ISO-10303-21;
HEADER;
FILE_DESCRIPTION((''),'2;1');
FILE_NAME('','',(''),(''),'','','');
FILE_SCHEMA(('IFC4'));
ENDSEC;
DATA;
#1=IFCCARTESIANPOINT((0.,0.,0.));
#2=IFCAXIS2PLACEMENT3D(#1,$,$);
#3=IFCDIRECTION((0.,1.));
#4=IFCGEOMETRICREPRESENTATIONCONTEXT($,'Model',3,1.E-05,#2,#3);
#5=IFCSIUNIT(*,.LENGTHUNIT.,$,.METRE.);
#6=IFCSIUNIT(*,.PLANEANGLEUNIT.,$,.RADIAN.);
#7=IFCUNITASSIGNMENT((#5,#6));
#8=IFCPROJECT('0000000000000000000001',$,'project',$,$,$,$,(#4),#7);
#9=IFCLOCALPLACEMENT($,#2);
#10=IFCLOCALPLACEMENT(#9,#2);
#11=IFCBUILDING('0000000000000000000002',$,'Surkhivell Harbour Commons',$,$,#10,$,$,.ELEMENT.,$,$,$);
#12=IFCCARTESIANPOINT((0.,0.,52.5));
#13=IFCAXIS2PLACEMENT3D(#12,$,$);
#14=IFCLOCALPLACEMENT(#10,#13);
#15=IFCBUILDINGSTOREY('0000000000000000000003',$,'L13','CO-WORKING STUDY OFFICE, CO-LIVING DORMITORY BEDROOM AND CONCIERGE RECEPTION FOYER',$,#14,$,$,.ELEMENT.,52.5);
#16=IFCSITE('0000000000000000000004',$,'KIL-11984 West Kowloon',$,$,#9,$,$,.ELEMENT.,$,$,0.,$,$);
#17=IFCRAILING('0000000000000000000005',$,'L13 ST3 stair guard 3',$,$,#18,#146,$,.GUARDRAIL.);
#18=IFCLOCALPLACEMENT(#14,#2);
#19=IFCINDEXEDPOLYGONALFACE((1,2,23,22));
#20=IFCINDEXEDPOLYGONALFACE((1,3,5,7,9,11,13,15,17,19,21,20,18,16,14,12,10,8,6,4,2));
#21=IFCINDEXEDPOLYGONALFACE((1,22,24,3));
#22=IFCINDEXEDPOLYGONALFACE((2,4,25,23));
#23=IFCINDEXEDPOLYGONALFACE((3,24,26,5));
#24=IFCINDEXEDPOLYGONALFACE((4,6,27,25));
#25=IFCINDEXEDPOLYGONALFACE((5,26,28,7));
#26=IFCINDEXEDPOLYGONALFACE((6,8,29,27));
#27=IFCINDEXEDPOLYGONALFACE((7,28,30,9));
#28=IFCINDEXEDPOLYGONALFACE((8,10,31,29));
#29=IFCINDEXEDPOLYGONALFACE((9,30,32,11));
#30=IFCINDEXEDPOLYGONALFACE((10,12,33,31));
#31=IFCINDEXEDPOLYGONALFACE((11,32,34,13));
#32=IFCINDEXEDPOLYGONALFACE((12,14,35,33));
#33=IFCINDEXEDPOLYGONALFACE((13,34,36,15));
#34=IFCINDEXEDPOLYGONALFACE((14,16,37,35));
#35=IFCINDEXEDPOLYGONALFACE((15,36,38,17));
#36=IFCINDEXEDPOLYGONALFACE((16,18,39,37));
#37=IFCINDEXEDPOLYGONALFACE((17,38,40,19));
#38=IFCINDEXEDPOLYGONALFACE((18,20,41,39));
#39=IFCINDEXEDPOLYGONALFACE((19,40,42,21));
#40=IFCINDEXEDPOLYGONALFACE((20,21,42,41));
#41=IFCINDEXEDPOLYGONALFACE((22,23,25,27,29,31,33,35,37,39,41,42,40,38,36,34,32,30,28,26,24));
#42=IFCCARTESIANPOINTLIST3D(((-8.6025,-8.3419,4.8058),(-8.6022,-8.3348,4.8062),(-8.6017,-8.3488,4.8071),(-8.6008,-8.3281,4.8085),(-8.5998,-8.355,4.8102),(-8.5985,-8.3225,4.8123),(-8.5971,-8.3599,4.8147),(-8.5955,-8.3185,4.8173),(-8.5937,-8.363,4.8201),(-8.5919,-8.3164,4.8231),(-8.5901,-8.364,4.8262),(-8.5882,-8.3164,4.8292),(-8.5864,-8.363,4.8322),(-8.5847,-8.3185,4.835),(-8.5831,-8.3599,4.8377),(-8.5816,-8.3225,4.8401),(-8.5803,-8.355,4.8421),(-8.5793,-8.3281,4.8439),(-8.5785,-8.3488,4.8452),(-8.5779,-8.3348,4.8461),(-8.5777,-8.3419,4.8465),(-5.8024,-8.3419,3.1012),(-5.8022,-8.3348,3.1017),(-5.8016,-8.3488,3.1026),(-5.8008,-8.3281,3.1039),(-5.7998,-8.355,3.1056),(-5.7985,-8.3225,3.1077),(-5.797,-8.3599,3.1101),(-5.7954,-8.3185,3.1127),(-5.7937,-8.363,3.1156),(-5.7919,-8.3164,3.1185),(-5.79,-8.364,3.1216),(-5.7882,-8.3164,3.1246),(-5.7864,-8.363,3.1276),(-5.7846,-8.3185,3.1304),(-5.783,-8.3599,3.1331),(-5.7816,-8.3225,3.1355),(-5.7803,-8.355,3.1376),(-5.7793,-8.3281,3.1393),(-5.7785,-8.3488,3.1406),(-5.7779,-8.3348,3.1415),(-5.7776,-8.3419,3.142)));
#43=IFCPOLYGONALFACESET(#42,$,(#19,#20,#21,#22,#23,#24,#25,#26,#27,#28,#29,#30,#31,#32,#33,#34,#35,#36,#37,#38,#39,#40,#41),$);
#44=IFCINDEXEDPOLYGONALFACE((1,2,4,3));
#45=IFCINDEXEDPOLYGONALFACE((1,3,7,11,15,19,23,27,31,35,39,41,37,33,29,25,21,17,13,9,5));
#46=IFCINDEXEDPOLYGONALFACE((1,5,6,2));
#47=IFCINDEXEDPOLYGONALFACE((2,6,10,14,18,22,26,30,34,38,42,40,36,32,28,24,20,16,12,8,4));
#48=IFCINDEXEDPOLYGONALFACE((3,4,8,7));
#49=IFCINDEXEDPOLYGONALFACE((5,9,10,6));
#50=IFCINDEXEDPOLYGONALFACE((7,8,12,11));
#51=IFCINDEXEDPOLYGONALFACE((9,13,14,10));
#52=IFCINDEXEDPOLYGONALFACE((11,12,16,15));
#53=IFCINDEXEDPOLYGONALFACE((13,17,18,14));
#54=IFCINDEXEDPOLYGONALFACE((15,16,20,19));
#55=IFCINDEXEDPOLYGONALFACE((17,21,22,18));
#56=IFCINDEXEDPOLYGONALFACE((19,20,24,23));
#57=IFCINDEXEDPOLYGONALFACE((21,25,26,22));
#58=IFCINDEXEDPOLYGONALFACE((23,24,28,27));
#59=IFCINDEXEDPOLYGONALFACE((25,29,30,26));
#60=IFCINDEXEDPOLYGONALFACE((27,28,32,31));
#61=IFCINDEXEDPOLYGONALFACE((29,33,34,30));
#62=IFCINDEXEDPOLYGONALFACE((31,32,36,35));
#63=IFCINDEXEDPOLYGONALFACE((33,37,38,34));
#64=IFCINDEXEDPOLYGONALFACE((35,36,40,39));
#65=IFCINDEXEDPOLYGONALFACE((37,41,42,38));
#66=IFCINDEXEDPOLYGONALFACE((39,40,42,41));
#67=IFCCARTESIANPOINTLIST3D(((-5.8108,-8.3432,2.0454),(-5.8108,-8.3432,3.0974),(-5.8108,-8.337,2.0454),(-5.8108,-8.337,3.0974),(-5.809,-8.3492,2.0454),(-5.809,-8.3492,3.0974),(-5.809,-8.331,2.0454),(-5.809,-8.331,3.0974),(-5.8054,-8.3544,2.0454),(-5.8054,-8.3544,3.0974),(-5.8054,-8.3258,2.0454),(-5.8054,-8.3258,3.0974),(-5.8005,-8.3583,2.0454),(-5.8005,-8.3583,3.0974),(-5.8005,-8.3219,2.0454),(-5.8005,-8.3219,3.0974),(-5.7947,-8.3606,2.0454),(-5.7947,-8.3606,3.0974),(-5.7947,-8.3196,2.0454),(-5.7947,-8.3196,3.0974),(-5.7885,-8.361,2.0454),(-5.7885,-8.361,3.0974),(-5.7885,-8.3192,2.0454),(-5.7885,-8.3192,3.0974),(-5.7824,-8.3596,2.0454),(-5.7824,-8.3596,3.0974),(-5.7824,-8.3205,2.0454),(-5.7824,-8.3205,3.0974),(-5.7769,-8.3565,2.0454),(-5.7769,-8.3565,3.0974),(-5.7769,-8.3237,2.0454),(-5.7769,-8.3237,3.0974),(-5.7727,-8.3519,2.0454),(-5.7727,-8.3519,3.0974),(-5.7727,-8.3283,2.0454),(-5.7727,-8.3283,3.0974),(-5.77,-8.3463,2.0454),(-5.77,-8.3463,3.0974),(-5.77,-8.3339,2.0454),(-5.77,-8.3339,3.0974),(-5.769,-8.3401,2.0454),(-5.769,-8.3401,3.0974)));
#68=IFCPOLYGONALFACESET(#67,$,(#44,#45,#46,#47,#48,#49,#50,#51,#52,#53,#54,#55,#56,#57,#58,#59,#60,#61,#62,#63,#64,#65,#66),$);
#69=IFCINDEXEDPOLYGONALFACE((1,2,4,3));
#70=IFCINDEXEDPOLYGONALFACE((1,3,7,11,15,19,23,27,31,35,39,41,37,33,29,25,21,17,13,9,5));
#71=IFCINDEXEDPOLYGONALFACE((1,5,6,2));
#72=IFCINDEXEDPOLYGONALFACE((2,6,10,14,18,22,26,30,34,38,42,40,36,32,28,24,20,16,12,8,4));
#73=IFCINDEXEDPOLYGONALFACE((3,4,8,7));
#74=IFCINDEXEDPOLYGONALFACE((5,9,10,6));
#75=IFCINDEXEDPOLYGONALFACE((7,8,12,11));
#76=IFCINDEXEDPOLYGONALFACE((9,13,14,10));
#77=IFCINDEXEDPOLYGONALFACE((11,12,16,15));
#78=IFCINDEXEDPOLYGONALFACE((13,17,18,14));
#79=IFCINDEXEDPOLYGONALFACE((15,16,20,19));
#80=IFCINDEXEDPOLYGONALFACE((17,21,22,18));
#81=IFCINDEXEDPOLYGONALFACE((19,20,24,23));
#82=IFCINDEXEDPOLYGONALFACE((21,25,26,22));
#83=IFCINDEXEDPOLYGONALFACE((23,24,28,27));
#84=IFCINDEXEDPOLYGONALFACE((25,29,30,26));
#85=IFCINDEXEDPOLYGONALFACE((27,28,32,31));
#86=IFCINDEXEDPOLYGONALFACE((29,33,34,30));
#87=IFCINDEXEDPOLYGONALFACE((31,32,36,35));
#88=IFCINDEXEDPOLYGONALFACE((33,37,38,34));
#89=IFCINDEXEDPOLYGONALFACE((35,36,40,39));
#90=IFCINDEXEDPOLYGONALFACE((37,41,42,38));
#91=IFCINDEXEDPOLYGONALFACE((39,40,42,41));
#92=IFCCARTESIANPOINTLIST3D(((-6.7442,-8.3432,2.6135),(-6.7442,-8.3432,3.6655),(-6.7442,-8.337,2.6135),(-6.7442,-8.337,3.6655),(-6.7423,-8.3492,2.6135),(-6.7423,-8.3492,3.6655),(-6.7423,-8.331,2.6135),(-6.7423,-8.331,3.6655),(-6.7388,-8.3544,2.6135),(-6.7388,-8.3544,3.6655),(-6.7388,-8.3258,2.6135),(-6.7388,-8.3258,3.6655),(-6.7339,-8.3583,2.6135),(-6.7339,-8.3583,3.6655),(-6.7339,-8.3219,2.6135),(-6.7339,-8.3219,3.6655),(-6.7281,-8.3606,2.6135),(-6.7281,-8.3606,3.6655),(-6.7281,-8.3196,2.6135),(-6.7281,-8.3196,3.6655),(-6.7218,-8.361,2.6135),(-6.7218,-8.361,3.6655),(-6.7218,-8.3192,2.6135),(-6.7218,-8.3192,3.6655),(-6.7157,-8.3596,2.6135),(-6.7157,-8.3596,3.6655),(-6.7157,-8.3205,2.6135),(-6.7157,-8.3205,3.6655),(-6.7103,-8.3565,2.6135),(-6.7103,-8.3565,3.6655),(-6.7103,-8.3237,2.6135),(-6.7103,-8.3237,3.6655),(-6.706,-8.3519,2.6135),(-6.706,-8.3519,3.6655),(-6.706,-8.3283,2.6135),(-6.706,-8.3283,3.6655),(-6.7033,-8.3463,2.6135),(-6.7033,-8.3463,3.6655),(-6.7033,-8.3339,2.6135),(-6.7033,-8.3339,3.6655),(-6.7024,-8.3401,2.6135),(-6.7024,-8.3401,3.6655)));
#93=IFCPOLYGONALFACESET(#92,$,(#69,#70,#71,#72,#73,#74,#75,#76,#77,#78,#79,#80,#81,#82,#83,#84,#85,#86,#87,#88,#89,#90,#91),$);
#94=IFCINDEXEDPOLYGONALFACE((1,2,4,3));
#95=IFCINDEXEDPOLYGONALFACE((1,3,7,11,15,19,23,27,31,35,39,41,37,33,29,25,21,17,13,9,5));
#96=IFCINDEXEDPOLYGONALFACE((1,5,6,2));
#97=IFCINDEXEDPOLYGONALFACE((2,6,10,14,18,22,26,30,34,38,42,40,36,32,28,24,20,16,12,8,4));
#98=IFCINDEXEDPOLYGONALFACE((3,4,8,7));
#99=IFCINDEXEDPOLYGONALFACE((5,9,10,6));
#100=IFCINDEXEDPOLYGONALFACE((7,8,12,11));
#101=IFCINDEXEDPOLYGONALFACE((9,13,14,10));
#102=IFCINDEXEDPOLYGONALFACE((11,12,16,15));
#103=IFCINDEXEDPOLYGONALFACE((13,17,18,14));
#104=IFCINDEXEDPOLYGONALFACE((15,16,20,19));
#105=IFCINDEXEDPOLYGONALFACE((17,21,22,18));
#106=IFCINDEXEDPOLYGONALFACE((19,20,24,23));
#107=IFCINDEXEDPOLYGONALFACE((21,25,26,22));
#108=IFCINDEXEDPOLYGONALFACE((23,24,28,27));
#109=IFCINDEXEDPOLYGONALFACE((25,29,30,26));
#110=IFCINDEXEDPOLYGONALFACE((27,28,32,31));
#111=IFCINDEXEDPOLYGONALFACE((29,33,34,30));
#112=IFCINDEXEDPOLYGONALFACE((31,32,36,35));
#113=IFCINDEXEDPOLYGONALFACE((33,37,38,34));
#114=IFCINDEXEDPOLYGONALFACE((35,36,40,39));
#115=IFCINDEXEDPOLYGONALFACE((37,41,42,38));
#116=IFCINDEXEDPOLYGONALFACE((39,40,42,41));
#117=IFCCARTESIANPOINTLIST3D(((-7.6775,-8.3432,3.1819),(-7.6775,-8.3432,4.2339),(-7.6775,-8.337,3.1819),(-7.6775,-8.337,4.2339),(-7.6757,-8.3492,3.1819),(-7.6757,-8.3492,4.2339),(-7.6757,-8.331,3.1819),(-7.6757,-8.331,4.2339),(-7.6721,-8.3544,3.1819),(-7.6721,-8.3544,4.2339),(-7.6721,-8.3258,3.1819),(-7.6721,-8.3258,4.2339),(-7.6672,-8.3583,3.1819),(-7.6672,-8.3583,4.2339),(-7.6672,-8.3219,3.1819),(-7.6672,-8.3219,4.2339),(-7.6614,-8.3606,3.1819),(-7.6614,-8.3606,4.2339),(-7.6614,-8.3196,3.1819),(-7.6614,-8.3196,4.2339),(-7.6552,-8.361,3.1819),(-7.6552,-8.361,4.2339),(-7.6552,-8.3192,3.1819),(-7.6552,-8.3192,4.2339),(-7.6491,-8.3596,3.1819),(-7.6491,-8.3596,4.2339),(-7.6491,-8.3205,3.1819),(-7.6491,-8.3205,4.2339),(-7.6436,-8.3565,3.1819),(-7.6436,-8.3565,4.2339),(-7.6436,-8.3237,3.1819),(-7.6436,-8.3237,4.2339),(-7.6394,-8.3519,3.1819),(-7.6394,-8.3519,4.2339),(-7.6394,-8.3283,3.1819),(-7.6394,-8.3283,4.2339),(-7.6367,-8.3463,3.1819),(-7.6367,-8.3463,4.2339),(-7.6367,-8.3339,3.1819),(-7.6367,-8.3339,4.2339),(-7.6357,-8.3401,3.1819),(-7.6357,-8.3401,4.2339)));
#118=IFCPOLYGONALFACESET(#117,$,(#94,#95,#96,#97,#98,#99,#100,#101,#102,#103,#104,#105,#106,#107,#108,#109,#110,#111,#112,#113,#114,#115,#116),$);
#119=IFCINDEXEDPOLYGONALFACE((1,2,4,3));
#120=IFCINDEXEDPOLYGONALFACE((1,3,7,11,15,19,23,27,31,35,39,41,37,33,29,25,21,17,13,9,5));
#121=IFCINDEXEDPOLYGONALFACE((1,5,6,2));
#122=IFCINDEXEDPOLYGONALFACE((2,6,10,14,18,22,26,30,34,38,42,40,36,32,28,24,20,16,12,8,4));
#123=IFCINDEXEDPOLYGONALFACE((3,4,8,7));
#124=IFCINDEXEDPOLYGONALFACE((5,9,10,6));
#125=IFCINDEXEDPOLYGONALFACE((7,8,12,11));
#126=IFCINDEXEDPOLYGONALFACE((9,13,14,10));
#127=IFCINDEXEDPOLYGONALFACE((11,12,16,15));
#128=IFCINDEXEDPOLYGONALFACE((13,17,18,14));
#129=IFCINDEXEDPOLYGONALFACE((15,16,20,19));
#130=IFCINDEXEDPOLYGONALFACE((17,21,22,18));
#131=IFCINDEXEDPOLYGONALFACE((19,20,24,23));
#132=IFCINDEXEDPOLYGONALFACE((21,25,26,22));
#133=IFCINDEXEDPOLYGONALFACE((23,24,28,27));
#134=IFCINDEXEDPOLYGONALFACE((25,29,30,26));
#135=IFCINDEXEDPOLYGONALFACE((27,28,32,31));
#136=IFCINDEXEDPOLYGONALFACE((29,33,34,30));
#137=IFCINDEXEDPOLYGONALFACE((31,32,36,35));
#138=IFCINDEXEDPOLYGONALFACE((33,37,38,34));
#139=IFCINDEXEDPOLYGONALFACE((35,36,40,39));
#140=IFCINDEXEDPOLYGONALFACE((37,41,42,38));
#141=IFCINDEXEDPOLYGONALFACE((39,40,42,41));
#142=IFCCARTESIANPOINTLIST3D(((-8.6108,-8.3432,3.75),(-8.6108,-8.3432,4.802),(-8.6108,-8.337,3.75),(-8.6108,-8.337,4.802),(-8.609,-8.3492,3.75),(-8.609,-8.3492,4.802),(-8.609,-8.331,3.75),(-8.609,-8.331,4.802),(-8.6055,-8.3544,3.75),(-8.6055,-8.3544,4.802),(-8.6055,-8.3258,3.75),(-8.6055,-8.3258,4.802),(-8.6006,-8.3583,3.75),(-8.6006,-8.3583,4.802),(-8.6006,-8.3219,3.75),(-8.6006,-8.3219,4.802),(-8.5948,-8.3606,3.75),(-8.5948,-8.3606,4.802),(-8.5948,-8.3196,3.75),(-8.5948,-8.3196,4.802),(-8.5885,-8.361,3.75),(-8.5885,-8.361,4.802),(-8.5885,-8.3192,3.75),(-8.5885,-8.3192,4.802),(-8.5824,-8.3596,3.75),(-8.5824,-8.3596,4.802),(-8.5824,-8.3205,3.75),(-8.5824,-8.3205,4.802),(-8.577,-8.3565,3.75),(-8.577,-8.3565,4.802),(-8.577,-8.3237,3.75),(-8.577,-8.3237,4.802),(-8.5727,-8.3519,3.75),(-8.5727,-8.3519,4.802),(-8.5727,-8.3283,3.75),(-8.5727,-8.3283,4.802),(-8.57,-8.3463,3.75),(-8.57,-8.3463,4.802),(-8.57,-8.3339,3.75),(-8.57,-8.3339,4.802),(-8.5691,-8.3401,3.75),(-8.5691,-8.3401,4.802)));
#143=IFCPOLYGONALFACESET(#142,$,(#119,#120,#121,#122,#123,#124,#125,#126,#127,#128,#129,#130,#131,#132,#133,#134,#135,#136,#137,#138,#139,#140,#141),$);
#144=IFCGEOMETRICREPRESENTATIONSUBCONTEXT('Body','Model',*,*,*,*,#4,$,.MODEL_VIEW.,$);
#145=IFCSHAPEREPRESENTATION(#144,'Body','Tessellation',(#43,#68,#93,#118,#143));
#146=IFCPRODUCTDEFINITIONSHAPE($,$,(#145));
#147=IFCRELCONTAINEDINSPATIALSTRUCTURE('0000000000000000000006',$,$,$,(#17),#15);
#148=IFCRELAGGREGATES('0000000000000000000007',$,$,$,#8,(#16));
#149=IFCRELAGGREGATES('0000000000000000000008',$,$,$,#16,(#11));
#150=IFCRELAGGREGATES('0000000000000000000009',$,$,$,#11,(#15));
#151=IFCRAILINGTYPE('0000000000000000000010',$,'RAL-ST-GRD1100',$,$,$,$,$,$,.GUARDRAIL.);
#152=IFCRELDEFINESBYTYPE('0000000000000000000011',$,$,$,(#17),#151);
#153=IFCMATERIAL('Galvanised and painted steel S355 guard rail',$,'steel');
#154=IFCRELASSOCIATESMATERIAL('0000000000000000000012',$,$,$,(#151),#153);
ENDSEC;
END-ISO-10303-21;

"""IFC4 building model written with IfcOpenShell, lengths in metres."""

from ifc_helpers import new_model, si_unit, direction, frame, origin, origin_2d, place, context, subcontext, project, spatial, circle, extrude, material, type_object, element, save


model = new_model("IFC4")

# Units and contexts
model_context = context("Model", 3, precision=1e-05, world=origin(), true_north=direction((0.0, 1.0)))
body_context = subcontext(model_context, "Body", "Model", "MODEL_VIEW")
ifc_project = project(units=[si_unit("LENGTHUNIT", "METRE"), si_unit("PLANEANGLEUNIT", "RADIAN")], contexts=[model_context])

# Site, building, storey
site_placement = place(None, origin())
site = spatial("IfcSite", under=ifc_project, at=site_placement, Name="KIL-11984 West Kowloon", CompositionType="ELEMENT", RefElevation=0.0)
building_placement = place(site_placement, origin())
building = spatial("IfcBuilding", under=site, at=building_placement, Name="Surkhivell Harbour Commons", CompositionType="ELEMENT")
storey_placement = place(building_placement, frame((0.0, 0.0, 52.5)))
storey = spatial("IfcBuildingStorey", under=building, at=storey_placement, Name="L13", Description="CO-WORKING STUDY OFFICE, CO-LIVING DORMITORY BEDROOM AND CONCIERGE RECEPTION FOYER", CompositionType="ELEMENT", Elevation=52.5)

# Railing
ifc_material_1 = material(Name="Galvanised and painted steel S355 guard rail", Category="steel")
railing_type_1 = type_object("IfcRailingType", Name="RAL-ST-GRD1100", PredefinedType="GUARDRAIL", material=ifc_material_1)
railing_1_placement = place(storey_placement, frame((-5.79, -8.3401, 2.0454)))
element("IfcRailing", 1, at=railing_1_placement, inside=storey, type_object=railing_type_1, Name="L13 ST3 stair guard 3", PredefinedType="GUARDRAIL", context=body_context, shape_type="SweptSolid", body=[
    extrude(circle(Radius=0.0239, at=origin_2d()), frame((0.0, 0.0, 1.0762), z_axis=(-0.85417, 0.0, 0.519994), x_axis=(0.0, -1.0, 0.0)), (0.0, 0.0, 1.0), 3.2781),
    extrude(circle(Radius=0.021, at=origin_2d()), origin(), (0.0, 0.0, 1.0), 1.052),
    extrude(circle(Radius=0.021, at=origin_2d()), frame((-0.9333, 0.0, 0.5681)), (0.0, 0.0, 1.0), 1.052),
    extrude(circle(Radius=0.021, at=origin_2d()), frame((-1.8667, 0.0, 1.1365)), (0.0, 0.0, 1.0), 1.052),
    extrude(circle(Radius=0.021, at=origin_2d()), frame((-2.8, 0.0, 1.7046)), (0.0, 0.0, 1.0), 1.052),
])

save(model, "model.ifc")
